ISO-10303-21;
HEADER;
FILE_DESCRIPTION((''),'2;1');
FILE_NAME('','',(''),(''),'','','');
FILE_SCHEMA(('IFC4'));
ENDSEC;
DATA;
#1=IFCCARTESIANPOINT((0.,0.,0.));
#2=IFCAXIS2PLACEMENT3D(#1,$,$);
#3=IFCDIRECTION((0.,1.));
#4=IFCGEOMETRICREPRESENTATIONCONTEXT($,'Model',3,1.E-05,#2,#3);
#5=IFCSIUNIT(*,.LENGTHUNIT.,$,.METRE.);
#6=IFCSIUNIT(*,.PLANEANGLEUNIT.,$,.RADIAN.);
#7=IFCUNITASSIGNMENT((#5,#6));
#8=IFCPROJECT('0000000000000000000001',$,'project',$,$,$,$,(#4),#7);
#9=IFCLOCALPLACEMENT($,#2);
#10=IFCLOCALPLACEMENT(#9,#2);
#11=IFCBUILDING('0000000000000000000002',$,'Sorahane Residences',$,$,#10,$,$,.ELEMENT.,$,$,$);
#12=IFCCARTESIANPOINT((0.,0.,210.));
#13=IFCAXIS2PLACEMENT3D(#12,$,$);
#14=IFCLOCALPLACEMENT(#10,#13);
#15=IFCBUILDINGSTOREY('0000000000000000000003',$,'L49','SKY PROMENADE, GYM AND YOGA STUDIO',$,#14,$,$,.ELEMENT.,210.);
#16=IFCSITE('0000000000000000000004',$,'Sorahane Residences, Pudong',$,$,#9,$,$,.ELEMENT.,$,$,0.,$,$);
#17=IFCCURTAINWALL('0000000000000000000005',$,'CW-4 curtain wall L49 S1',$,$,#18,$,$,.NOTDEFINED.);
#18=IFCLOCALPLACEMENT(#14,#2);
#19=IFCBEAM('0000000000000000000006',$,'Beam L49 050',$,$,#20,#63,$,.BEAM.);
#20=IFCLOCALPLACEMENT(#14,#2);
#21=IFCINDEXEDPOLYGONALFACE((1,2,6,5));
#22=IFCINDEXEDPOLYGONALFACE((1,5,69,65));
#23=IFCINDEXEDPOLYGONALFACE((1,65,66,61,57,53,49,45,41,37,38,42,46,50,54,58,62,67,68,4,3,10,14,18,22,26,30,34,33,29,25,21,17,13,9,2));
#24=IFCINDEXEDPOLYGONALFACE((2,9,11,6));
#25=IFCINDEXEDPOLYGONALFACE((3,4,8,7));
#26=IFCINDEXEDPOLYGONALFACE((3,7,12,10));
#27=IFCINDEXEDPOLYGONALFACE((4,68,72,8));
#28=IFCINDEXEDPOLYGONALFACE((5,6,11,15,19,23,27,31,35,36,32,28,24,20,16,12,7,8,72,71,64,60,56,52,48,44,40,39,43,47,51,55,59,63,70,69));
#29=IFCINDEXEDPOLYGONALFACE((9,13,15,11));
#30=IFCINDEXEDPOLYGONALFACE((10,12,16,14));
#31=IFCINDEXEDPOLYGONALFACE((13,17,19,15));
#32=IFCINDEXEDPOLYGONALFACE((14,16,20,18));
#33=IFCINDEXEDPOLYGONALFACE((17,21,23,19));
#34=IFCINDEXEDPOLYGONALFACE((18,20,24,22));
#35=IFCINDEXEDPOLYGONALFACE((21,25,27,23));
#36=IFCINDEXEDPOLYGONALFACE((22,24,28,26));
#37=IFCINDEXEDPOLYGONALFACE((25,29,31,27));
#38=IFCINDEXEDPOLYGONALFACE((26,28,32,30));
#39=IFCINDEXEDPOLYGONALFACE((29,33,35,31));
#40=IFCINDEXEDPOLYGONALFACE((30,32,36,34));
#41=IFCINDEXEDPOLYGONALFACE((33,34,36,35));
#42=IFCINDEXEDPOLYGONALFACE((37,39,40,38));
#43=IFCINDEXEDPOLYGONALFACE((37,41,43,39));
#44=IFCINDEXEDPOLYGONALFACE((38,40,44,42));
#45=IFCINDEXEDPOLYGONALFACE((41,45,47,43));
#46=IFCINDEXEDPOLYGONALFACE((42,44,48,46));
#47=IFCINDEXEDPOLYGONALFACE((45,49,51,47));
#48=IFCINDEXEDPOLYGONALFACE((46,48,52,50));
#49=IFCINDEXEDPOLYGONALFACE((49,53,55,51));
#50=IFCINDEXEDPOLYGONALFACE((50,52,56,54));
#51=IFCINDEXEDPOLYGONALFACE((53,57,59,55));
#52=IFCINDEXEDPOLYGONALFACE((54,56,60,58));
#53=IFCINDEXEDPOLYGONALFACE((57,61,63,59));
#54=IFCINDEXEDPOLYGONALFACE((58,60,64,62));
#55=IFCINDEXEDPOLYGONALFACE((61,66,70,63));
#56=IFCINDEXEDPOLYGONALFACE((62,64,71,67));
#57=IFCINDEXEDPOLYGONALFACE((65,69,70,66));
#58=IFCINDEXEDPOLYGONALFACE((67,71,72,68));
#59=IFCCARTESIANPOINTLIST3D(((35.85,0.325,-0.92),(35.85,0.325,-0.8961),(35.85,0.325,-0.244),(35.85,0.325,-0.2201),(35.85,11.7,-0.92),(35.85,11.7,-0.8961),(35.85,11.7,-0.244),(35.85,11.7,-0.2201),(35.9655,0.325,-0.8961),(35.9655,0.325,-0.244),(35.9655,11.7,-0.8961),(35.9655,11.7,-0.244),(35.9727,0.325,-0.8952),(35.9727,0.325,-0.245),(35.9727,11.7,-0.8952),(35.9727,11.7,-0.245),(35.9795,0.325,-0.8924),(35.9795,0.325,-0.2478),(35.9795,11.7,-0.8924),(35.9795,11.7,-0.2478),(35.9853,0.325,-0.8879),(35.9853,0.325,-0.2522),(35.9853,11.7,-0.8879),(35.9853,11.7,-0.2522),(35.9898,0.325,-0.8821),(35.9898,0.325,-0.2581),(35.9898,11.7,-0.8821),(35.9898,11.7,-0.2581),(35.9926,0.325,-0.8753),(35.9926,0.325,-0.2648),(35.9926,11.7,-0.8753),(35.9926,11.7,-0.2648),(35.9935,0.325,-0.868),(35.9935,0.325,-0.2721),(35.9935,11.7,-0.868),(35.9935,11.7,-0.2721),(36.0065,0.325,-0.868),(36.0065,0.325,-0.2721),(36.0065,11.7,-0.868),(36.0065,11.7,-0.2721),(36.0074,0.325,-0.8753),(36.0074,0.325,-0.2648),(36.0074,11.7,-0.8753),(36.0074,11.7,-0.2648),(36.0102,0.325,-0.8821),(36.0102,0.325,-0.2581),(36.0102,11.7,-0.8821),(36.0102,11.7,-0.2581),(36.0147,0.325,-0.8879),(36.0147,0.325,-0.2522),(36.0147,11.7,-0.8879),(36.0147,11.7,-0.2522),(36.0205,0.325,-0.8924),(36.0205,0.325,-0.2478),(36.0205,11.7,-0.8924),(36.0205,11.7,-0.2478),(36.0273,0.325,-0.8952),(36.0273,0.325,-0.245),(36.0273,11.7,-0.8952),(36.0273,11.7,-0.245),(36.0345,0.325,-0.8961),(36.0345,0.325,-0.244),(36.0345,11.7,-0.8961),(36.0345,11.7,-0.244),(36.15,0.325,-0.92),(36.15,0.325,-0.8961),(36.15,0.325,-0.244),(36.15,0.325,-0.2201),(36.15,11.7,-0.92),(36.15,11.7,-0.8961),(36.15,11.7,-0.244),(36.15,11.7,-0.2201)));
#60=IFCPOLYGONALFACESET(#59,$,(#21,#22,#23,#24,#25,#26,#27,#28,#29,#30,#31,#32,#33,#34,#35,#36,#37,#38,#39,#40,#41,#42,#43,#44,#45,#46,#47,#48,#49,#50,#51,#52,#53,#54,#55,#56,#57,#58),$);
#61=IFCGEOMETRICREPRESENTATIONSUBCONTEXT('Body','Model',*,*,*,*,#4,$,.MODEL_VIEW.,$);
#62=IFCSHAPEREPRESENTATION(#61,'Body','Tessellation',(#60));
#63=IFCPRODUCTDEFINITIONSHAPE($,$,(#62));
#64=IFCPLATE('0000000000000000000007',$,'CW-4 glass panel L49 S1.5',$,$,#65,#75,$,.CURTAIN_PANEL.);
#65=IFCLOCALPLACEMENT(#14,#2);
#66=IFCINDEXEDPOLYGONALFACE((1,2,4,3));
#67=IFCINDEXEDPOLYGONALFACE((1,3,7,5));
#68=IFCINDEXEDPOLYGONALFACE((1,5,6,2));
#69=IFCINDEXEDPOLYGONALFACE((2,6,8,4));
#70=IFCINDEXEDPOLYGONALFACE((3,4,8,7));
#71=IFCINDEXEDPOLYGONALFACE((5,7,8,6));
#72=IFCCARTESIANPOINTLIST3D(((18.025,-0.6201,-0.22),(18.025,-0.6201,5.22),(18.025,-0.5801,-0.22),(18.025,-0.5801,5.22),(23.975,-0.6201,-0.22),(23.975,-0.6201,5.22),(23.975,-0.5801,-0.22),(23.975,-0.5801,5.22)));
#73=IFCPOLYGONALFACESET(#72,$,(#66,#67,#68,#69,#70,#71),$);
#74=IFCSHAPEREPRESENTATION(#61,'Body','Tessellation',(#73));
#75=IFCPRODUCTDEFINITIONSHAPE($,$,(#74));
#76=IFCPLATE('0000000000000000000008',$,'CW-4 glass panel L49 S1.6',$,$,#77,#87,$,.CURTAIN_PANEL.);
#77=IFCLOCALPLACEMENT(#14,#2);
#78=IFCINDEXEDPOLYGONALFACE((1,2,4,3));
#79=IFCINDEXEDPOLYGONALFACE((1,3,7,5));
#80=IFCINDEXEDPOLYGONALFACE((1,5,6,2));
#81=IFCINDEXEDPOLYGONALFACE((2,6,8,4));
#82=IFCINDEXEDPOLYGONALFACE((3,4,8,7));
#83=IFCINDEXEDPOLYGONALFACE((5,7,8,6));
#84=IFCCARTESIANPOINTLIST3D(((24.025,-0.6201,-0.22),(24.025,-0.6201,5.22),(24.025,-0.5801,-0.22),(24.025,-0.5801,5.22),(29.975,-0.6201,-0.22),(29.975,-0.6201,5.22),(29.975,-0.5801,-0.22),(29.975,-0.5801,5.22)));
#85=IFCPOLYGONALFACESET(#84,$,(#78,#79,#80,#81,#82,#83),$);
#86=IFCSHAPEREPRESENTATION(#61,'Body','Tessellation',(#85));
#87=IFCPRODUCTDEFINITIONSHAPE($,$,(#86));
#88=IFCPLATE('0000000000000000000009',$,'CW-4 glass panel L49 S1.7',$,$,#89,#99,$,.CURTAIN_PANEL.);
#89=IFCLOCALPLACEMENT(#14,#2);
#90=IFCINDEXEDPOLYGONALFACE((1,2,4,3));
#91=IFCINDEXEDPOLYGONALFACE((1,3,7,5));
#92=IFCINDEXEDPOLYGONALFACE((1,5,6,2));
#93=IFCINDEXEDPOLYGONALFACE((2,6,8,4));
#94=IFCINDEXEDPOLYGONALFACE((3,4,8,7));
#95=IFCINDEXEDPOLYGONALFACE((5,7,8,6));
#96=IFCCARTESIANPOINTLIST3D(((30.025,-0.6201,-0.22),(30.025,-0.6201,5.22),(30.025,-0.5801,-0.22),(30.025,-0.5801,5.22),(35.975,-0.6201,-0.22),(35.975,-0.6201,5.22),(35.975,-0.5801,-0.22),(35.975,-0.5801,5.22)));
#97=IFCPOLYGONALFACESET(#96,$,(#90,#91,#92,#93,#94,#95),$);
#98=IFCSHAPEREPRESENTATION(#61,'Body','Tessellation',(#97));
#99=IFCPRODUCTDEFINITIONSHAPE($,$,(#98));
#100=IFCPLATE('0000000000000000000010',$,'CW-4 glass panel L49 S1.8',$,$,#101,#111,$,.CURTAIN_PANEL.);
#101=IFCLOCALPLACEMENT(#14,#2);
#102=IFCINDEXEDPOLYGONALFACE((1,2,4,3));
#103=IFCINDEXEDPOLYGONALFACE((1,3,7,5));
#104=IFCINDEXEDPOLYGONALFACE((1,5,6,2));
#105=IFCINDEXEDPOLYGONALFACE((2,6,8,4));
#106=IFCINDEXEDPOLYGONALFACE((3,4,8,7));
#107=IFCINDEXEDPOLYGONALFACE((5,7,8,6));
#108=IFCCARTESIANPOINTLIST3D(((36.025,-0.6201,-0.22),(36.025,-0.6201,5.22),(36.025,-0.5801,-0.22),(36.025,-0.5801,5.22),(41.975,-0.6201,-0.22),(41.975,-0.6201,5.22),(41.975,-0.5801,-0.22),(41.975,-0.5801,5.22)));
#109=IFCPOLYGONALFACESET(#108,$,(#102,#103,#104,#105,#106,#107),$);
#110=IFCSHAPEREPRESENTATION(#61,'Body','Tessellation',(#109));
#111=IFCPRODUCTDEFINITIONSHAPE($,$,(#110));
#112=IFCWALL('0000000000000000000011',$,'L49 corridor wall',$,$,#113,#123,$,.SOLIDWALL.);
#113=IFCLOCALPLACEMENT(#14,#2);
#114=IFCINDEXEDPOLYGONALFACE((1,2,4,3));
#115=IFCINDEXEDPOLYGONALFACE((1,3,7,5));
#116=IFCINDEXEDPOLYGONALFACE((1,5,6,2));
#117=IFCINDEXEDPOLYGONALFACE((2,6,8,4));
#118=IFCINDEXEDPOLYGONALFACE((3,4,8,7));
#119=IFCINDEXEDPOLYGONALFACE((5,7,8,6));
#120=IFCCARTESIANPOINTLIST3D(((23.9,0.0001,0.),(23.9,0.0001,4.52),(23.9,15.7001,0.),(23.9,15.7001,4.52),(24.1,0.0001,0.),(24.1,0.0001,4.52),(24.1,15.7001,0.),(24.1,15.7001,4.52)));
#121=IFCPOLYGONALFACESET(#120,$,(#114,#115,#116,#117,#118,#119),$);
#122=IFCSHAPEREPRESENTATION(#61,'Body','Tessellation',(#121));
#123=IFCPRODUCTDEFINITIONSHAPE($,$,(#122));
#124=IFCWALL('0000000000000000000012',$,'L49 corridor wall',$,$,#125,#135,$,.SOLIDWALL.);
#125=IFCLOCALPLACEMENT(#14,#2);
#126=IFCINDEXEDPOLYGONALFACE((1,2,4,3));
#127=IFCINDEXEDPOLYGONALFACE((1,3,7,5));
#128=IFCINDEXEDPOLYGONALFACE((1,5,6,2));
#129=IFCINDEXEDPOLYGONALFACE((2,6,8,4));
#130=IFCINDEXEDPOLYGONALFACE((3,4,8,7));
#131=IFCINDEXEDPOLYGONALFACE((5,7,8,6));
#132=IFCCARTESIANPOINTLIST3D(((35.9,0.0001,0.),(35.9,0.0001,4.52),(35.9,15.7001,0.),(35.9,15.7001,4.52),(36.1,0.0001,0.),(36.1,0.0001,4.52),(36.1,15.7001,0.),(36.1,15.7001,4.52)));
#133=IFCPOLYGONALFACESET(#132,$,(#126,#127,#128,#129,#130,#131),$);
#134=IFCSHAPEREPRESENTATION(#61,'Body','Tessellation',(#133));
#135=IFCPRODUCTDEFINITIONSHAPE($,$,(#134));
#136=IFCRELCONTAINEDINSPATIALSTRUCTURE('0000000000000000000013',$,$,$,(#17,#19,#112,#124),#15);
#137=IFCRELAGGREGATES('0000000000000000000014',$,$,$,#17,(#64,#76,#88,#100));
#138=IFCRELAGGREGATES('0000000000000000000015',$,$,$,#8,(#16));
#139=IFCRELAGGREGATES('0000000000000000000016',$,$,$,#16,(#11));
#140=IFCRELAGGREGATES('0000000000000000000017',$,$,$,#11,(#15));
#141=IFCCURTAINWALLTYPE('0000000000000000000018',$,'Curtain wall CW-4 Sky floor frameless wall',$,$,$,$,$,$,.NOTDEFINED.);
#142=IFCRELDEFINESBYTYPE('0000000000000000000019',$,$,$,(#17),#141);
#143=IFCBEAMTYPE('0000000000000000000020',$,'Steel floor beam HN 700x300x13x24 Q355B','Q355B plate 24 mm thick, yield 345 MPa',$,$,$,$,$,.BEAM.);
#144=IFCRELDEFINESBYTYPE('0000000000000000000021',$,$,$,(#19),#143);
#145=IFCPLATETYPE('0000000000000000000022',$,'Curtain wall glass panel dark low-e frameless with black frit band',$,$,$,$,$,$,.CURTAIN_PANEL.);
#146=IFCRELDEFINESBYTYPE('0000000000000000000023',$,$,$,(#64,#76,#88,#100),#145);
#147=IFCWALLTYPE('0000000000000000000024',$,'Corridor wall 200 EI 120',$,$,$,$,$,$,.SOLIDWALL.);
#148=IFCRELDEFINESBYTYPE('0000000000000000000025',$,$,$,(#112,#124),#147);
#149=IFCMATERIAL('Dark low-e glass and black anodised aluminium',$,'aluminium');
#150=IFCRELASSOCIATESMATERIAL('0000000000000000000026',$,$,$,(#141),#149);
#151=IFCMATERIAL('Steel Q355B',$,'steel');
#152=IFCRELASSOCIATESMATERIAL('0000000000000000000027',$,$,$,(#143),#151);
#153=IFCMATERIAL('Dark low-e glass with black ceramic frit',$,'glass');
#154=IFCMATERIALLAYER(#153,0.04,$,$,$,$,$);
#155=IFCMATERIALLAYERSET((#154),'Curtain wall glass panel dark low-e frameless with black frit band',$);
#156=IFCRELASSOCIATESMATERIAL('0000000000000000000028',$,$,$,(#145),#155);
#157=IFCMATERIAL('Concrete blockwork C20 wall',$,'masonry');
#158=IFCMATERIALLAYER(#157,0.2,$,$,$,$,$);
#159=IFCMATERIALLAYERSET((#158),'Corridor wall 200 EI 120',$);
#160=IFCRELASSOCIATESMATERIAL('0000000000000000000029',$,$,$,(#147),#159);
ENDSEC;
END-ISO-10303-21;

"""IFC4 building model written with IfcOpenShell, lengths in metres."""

from ifc_helpers import new_model, si_unit, direction, frame, frame_2d, origin, origin_2d, place, context, subcontext, project, spatial, rectangle, i_section, extrude, material, layer, layer_set, material_profile, profile_set, type_object, element, aggregate, save


model = new_model("IFC4")

# Units and contexts
model_context = context("Model", 3, precision=1e-05, world=origin(), true_north=direction((0.0, 1.0)))
body_context = subcontext(model_context, "Body", "Model", "MODEL_VIEW")
ifc_project = project(units=[si_unit("LENGTHUNIT", "METRE"), si_unit("PLANEANGLEUNIT", "RADIAN")], contexts=[model_context])

# Site, building, storey
site_placement = place(None, origin())
site = spatial("IfcSite", under=ifc_project, at=site_placement, Name="Sorahane Residences, Pudong", CompositionType="ELEMENT", RefElevation=0.0)
building_placement = place(site_placement, origin())
building = spatial("IfcBuilding", under=site, at=building_placement, Name="Sorahane Residences", CompositionType="ELEMENT")
storey_placement = place(building_placement, frame((0.0, 0.0, 210.0)))
storey = spatial("IfcBuildingStorey", under=building, at=storey_placement, Name="L49", Description="SKY PROMENADE, GYM AND YOGA STUDIO", CompositionType="ELEMENT", Elevation=210.0)

# Curtain wall
ifc_material_1 = material(Name="Dark low-e glass and black anodised aluminium", Category="aluminium")
curtain_wall_type = type_object("IfcCurtainWallType", Name="Curtain wall CW-4 Sky floor frameless wall", PredefinedType="NOTDEFINED", material=ifc_material_1)
curtain_wall_placement = place(storey_placement, origin())
curtain_wall = element("IfcCurtainWall", 1, at=curtain_wall_placement, inside=storey, type_object=curtain_wall_type, Name="CW-4 curtain wall L49 S1", PredefinedType="NOTDEFINED")

# Beam
ifc_material_2 = material(Name="Steel Q355B", Category="steel")
ifc_material_profile_1 = material_profile(ifc_material_2, i_section(OverallWidth=0.3, OverallDepth=0.7, WebThickness=0.0129, FlangeThickness=0.0239, FilletRadius=0.0281, at=origin_2d()), Name="HN 700x300x13x24")
ifc_profile_set_1 = profile_set([ifc_material_profile_1], Name="Steel Q355B")
beam_type_1 = type_object("IfcBeamType", Name="Steel floor beam HN 700x300x13x24 Q355B", Description="Q355B plate 24 mm thick, yield 345 MPa", PredefinedType="BEAM", material=ifc_profile_set_1)
beam_1_placement = place(storey_placement, frame((36.0, 0.325, -0.5701), z_axis=(0.0, 1.0, 0.0), x_axis=(-1.0, 0.0, 0.0)))
element("IfcBeam", 2, at=beam_1_placement, inside=storey, type_object=beam_type_1, Name="Beam L49 050", PredefinedType="BEAM", context=body_context, shape_type="SweptSolid", body=[
    extrude(i_section(OverallWidth=0.3, OverallDepth=0.7, WebThickness=0.0129, FlangeThickness=0.0239, FilletRadius=0.0281, at=origin_2d()), origin(), (0.0, 0.0, 1.0), 11.375),
])

# Plates
ifc_material_3 = material(Name="Dark low-e glass with black ceramic frit", Category="glass")
ifc_layer_1 = layer(ifc_material_3, 0.04)
ifc_layer_set_1 = layer_set([ifc_layer_1], Name="Curtain wall glass panel dark low-e frameless with black frit band")
plate_type = type_object("IfcPlateType", Name="Curtain wall glass panel dark low-e frameless with black frit band", PredefinedType="CURTAIN_PANEL", material=ifc_layer_set_1)
plate_1_placement = place(storey_placement, frame((21.0, -0.6001, -0.22), z_axis=(0.0, 0.0, 1.0), x_axis=(1.0, 0.0, 0.0)))
plate_1 = element("IfcPlate", 3, at=plate_1_placement, type_object=plate_type, Name="CW-4 glass panel L49 S1.5", PredefinedType="CURTAIN_PANEL", context=body_context, shape_type="SweptSolid", body=[
    extrude(rectangle(XDim=5.95, YDim=0.04, at=origin_2d()), origin(), (0.0, 0.0, 1.0), 5.4399),
])
plate_2_placement = place(storey_placement, frame((27.0, -0.6001, -0.22), z_axis=(0.0, 0.0, 1.0), x_axis=(1.0, 0.0, 0.0)))
plate_2 = element("IfcPlate", 4, at=plate_2_placement, type_object=plate_type, Name="CW-4 glass panel L49 S1.6", PredefinedType="CURTAIN_PANEL", context=body_context, shape_type="SweptSolid", body=[
    extrude(rectangle(XDim=5.95, YDim=0.04, at=origin_2d()), origin(), (0.0, 0.0, 1.0), 5.4399),
])
plate_3_placement = place(storey_placement, frame((33.0, -0.6001, -0.22), z_axis=(0.0, 0.0, 1.0), x_axis=(1.0, 0.0, 0.0)))
plate_3 = element("IfcPlate", 5, at=plate_3_placement, type_object=plate_type, Name="CW-4 glass panel L49 S1.7", PredefinedType="CURTAIN_PANEL", context=body_context, shape_type="SweptSolid", body=[
    extrude(rectangle(XDim=5.95, YDim=0.04, at=origin_2d()), origin(), (0.0, 0.0, 1.0), 5.4399),
])
plate_4_placement = place(storey_placement, frame((39.0, -0.6001, -0.22), z_axis=(0.0, 0.0, 1.0), x_axis=(1.0, 0.0, 0.0)))
plate_4 = element("IfcPlate", 6, at=plate_4_placement, type_object=plate_type, Name="CW-4 glass panel L49 S1.8", PredefinedType="CURTAIN_PANEL", context=body_context, shape_type="SweptSolid", body=[
    extrude(rectangle(XDim=5.95, YDim=0.04, at=origin_2d()), origin(), (0.0, 0.0, 1.0), 5.4399),
])
aggregate(curtain_wall, [plate_1, plate_2, plate_3, plate_4])

# Walls
ifc_material_4 = material(Name="Concrete blockwork C20 wall", Category="masonry")
ifc_layer_2 = layer(ifc_material_4, 0.2)
ifc_layer_set_2 = layer_set([ifc_layer_2], Name="Corridor wall 200 EI 120")
wall_type = type_object("IfcWallType", Name="Corridor wall 200 EI 120", PredefinedType="SOLIDWALL", material=ifc_layer_set_2)
for number, where, z_axis, x_axis, name in (
    (7, (24.0, 0.0, 0.0), (0.0, 0.0, 1.0), (0.0, 1.0, 0.0), "L49 corridor wall"),
    (8, (36.0, 0.0, 0.0), (0.0, 0.0, 1.0), (0.0, 1.0, 0.0), "L49 corridor wall"),
):
    element("IfcWall", number, at=place(storey_placement, frame(where, z_axis=z_axis, x_axis=x_axis)), inside=storey, type_object=wall_type, Name=name, PredefinedType="SOLIDWALL", context=body_context, shape_type="SweptSolid", body=[
        extrude(rectangle(XDim=15.7, YDim=0.2, at=frame_2d((7.8501, 0.0))), origin(), (0.0, 0.0, 1.0), 4.52),
    ])

save(model, "model.ifc")
